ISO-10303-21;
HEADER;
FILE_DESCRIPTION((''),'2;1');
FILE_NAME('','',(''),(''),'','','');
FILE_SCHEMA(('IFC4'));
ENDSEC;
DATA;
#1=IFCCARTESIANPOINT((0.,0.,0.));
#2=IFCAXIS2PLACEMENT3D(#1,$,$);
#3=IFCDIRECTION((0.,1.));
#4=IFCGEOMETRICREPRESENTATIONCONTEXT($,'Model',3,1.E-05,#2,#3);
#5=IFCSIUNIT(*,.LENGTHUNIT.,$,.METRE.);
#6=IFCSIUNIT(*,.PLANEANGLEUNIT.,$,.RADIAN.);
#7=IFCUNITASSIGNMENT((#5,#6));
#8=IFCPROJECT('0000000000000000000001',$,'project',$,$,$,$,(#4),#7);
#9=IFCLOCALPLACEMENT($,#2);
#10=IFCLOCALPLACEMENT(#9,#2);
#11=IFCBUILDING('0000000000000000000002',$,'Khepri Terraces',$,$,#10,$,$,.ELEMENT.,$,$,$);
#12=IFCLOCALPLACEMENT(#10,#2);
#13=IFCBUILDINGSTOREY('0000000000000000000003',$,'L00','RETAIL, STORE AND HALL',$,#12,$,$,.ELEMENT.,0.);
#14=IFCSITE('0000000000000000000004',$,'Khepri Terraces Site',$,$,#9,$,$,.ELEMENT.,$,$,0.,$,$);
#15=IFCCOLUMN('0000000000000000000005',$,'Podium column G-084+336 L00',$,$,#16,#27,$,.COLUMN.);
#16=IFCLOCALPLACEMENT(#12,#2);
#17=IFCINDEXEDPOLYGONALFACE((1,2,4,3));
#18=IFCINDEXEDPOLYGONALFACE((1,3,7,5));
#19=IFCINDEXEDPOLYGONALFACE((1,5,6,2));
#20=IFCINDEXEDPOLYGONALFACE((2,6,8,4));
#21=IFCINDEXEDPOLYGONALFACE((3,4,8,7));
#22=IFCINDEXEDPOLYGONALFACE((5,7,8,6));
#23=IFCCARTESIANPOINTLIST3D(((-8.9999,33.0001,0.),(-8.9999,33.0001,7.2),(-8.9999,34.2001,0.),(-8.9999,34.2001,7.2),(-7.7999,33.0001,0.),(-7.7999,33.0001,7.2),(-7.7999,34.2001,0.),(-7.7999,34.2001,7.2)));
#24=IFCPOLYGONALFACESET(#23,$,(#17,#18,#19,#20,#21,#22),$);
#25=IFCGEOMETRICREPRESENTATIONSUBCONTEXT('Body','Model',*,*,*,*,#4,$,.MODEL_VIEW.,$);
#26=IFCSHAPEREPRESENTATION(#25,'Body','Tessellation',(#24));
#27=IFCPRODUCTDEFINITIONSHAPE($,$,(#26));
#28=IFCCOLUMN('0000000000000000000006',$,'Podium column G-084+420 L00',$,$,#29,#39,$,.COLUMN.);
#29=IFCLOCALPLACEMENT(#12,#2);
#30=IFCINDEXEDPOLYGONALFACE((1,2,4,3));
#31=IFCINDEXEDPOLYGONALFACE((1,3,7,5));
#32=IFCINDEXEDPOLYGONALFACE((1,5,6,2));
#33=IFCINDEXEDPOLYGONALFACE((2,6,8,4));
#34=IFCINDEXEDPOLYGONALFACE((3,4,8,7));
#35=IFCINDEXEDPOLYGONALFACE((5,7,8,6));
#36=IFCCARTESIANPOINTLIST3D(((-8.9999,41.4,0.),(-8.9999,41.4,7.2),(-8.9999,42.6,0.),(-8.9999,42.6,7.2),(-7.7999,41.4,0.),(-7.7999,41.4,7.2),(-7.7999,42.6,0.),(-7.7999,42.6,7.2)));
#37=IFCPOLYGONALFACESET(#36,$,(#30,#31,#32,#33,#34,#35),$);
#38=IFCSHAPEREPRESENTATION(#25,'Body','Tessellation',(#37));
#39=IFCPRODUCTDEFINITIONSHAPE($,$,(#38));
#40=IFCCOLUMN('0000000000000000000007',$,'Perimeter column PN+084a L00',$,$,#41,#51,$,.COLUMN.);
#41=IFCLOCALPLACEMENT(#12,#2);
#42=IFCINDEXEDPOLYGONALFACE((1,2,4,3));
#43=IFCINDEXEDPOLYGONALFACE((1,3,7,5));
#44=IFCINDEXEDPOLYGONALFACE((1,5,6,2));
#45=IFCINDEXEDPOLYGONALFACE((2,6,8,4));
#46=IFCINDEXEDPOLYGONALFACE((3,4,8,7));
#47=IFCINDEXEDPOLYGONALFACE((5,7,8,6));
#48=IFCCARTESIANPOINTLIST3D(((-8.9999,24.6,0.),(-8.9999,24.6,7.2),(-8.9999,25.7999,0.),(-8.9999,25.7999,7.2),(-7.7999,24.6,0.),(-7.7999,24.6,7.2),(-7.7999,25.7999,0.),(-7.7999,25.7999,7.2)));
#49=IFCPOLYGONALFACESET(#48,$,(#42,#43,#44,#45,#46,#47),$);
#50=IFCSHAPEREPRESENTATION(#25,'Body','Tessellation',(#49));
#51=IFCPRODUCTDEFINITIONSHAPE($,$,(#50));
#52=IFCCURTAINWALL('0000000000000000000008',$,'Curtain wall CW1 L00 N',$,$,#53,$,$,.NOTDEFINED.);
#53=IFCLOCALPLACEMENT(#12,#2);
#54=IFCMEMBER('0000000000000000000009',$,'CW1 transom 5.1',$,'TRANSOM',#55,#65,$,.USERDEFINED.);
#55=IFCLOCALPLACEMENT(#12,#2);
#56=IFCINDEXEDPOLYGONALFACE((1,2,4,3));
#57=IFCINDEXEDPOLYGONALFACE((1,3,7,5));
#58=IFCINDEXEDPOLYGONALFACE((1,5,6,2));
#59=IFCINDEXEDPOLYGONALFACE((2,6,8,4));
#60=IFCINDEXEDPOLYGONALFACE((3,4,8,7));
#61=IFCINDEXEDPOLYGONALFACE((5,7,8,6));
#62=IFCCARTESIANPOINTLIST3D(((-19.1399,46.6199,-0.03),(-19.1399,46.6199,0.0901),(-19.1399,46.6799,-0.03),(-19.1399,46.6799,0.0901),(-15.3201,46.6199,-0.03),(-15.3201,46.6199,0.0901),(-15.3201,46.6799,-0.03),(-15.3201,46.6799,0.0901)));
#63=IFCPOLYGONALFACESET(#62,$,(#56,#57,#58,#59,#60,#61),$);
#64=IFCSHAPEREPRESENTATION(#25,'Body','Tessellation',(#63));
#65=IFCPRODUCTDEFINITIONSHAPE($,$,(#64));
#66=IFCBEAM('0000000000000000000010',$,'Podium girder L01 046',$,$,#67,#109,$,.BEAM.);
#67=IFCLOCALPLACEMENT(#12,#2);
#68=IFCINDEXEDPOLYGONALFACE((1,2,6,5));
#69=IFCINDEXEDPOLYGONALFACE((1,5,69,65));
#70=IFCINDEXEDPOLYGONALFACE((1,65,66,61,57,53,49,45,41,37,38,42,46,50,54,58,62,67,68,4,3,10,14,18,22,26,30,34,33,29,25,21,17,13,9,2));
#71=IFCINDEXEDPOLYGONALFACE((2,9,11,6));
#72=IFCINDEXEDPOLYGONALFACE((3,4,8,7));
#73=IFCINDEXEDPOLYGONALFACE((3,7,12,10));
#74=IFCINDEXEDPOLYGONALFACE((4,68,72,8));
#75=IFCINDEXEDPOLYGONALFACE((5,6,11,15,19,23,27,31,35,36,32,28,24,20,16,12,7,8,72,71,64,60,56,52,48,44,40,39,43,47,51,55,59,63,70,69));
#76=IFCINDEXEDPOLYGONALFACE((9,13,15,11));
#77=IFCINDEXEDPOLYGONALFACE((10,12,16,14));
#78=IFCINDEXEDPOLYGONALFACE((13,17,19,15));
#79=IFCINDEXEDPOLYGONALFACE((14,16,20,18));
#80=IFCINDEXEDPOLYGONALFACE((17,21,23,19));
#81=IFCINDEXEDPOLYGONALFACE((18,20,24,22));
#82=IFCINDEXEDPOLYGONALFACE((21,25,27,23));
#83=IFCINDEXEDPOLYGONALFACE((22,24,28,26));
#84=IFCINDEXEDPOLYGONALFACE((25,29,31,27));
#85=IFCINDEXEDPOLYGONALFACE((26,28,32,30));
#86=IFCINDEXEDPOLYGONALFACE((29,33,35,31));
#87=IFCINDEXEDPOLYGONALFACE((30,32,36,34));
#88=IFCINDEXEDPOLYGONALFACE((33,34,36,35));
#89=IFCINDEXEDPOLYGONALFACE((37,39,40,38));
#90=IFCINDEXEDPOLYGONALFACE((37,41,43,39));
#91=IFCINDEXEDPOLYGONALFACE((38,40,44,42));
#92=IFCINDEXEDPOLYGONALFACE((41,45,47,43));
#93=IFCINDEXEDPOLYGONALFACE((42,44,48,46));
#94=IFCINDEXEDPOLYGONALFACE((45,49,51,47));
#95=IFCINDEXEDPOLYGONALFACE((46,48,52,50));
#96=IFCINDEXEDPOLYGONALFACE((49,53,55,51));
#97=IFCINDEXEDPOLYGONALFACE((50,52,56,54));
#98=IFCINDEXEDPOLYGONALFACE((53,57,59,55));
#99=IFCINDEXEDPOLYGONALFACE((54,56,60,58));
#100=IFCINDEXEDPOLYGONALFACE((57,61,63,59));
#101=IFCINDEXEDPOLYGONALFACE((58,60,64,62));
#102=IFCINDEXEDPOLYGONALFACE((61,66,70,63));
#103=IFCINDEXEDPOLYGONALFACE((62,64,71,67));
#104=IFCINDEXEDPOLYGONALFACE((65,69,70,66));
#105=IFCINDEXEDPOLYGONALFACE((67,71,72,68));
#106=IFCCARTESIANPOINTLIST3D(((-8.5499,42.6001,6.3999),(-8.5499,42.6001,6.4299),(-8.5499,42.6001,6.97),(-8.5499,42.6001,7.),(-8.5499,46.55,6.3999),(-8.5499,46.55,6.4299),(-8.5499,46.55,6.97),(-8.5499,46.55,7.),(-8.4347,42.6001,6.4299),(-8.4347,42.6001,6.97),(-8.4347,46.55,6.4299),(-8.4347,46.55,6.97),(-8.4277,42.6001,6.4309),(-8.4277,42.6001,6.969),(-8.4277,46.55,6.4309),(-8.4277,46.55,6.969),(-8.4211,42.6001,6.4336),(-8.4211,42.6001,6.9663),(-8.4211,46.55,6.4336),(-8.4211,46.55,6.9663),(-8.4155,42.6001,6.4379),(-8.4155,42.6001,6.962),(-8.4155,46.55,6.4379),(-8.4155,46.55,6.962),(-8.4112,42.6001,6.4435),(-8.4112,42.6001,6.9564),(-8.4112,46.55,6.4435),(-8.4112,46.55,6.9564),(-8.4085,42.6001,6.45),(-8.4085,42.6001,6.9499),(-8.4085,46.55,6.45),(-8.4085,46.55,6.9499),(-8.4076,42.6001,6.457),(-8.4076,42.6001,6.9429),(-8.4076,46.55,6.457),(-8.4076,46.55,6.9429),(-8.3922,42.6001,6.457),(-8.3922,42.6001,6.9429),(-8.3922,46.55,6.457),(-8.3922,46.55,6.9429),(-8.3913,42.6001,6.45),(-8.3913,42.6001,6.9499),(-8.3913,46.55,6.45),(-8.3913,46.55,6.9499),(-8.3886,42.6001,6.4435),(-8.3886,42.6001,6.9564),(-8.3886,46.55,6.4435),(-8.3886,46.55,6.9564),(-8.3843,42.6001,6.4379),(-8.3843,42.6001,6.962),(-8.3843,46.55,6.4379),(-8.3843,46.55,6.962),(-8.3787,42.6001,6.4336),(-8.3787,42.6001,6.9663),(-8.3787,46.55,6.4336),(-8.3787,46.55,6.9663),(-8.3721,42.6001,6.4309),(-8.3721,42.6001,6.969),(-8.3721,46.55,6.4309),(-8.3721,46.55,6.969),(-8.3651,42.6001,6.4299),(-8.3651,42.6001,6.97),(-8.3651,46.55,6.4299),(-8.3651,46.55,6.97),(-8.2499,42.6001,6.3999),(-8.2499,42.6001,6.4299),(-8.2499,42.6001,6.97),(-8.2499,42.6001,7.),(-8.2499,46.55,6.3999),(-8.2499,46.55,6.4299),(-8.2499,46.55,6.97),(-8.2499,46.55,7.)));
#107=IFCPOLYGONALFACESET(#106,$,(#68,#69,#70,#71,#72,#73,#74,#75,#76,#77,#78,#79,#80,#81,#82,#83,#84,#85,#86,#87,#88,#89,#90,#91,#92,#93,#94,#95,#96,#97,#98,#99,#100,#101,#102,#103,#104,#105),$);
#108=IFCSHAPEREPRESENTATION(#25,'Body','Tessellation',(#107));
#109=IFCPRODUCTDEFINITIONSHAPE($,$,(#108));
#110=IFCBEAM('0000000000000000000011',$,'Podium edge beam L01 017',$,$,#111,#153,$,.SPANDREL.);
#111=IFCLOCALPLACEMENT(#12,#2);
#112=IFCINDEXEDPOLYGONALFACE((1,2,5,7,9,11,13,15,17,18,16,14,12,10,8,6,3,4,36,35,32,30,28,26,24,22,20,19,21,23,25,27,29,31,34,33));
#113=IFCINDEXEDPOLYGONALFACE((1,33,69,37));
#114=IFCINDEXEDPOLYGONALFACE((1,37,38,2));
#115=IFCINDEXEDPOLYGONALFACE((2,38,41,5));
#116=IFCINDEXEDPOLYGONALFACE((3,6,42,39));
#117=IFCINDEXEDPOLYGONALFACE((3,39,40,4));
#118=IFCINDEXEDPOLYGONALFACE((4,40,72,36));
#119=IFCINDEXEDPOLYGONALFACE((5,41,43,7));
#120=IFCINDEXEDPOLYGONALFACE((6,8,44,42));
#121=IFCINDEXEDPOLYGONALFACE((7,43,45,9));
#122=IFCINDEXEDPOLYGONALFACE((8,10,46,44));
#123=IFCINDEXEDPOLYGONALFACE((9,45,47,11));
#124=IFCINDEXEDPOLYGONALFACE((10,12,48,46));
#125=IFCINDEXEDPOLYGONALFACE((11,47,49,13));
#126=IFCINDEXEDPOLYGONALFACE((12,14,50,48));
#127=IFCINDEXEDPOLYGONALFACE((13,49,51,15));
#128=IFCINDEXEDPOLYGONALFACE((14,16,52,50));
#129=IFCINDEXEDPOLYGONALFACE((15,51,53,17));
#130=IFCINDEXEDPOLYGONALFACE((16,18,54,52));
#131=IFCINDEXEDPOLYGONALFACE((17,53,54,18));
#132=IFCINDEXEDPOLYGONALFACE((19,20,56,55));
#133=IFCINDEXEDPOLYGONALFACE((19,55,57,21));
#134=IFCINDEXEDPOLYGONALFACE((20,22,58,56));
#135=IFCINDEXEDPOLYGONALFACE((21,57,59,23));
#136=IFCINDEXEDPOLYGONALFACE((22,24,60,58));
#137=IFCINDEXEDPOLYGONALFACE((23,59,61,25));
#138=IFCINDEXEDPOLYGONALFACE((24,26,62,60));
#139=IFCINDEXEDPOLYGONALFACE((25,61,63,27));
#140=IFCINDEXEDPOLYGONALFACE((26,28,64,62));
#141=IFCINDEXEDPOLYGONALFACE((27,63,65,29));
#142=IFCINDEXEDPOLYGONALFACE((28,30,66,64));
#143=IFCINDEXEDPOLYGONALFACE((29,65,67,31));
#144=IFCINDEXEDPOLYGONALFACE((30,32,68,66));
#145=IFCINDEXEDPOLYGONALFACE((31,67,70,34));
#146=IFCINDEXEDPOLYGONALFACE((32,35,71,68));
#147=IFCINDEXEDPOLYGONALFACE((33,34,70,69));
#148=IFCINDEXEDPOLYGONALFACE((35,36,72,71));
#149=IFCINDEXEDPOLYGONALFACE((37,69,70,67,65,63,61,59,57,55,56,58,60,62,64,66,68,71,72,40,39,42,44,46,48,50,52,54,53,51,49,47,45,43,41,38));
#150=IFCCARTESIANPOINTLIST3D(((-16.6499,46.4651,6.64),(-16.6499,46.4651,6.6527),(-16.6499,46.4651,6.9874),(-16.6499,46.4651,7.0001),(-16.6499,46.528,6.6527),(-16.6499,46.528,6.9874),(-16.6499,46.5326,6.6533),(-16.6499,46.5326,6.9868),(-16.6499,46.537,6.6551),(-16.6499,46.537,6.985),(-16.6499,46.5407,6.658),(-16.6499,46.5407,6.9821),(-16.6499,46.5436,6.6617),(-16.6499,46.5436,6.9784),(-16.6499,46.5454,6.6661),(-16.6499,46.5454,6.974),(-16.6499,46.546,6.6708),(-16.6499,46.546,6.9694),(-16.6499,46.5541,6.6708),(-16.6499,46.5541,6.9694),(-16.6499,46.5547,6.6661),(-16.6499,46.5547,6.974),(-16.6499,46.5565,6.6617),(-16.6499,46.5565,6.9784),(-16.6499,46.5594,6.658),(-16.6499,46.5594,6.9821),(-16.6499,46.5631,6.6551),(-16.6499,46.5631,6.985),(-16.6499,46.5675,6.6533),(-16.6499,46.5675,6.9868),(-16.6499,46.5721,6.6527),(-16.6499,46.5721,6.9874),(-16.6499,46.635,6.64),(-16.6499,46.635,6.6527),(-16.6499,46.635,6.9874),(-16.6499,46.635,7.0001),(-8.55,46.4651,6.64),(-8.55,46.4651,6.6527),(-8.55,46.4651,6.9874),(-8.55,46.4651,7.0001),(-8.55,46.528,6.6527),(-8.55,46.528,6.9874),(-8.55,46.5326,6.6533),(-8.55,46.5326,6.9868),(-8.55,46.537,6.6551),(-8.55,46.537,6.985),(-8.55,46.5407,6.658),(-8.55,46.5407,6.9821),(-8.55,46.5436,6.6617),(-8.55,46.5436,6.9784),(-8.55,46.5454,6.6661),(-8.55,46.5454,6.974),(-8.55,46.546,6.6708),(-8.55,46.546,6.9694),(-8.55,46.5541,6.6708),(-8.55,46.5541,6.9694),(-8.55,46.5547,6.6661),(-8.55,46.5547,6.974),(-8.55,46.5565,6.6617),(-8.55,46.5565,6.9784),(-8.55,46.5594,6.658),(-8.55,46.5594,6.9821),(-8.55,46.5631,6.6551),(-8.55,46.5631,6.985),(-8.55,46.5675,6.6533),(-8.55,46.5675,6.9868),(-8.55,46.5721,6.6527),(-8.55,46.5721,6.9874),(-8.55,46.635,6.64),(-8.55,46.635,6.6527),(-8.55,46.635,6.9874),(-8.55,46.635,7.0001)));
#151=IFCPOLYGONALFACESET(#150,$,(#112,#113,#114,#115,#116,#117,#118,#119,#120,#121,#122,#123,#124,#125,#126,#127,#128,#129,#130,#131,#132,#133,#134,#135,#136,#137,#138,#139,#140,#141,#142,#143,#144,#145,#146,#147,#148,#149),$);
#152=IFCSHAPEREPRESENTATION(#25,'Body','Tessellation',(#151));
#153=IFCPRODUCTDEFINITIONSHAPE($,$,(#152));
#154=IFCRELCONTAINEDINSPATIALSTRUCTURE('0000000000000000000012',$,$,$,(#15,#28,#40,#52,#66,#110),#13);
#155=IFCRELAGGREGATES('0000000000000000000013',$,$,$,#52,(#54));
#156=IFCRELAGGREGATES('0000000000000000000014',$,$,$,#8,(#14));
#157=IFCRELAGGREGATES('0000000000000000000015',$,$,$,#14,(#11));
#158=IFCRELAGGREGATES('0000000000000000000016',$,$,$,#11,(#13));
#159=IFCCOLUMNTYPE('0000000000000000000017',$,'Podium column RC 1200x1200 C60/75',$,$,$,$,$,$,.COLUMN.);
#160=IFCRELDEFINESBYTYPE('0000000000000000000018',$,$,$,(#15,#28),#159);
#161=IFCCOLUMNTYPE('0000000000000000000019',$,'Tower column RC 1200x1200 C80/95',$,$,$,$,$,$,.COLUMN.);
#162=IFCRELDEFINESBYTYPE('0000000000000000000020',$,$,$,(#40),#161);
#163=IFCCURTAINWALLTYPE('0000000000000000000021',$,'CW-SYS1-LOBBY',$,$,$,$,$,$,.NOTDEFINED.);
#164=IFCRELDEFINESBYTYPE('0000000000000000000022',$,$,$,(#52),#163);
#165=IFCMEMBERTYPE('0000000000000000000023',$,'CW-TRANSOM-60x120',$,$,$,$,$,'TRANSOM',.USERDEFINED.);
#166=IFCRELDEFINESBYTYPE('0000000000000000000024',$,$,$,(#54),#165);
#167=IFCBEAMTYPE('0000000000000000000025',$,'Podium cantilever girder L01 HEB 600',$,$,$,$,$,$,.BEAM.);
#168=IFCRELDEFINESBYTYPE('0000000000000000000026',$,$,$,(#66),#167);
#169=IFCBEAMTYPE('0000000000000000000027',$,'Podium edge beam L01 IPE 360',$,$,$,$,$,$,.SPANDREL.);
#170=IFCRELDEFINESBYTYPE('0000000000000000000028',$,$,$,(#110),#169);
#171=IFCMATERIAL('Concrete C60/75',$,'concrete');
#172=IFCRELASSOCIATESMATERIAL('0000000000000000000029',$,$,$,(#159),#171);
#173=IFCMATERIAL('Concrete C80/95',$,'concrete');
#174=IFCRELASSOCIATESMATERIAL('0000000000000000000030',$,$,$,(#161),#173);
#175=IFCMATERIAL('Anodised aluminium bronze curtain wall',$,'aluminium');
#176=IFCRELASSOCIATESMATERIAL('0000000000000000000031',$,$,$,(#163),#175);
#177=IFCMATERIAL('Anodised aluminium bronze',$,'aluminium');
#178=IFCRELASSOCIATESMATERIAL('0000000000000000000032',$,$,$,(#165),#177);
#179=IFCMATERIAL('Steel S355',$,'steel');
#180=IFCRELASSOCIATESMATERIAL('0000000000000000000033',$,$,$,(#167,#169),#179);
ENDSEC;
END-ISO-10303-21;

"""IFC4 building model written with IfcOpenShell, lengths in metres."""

from ifc_helpers import new_model, si_unit, direction, frame, origin, origin_2d, place, context, subcontext, project, spatial, rectangle, i_section, extrude, material, material_profile, profile_set, type_object, element, aggregate, save


model = new_model("IFC4")

# Units and contexts
model_context = context("Model", 3, precision=1e-05, world=origin(), true_north=direction((0.0, 1.0)))
body_context = subcontext(model_context, "Body", "Model", "MODEL_VIEW")
ifc_project = project(units=[si_unit("LENGTHUNIT", "METRE"), si_unit("PLANEANGLEUNIT", "RADIAN")], contexts=[model_context])

# Site, building, storey
site_placement = place(None, origin())
site = spatial("IfcSite", under=ifc_project, at=site_placement, Name="Khepri Terraces Site", CompositionType="ELEMENT", RefElevation=0.0)
building_placement = place(site_placement, origin())
building = spatial("IfcBuilding", under=site, at=building_placement, Name="Khepri Terraces", CompositionType="ELEMENT")
storey_placement = place(building_placement, origin())
storey = spatial("IfcBuildingStorey", under=building, at=storey_placement, Name="L00", Description="RETAIL, STORE AND HALL", CompositionType="ELEMENT", Elevation=0.0)

# Columns
ifc_material_1 = material(Name="Concrete C60/75", Category="concrete")
ifc_material_profile_1 = material_profile(ifc_material_1, rectangle(XDim=1.2, YDim=1.2, at=origin_2d()), Name="Concrete C60/75", Category="concrete")
ifc_profile_set_1 = profile_set([ifc_material_profile_1], Name="Concrete C60/75")
column_type_1 = type_object("IfcColumnType", Name="Podium column RC 1200x1200 C60/75", PredefinedType="COLUMN", material=ifc_profile_set_1)
for number, where, z_axis, x_axis, name in (
    (1, (-8.3999, 33.6001, 0.0), (0.0, 0.0, 1.0), (1.0, 0.0, 0.0), "Podium column G-084+336 L00"),
    (2, (-8.3999, 42.0, 0.0), (0.0, 0.0, 1.0), (1.0, 0.0, 0.0), "Podium column G-084+420 L00"),
):
    element("IfcColumn", number, at=place(storey_placement, frame(where, z_axis=z_axis, x_axis=x_axis)), inside=storey, type_object=column_type_1, Name=name, PredefinedType="COLUMN", context=body_context, shape_type="SweptSolid", body=[
        extrude(rectangle(XDim=1.2, YDim=1.2, at=origin_2d()), origin(), (0.0, 0.0, 1.0), 7.2),
    ])
ifc_material_2 = material(Name="Concrete C80/95", Category="concrete")
ifc_material_profile_2 = material_profile(ifc_material_2, rectangle(XDim=1.2, YDim=1.2, at=origin_2d()), Name="Concrete C80/95", Category="concrete")
ifc_profile_set_2 = profile_set([ifc_material_profile_2], Name="Concrete C80/95")
column_type_2 = type_object("IfcColumnType", Name="Tower column RC 1200x1200 C80/95", PredefinedType="COLUMN", material=ifc_profile_set_2)
column_placement = place(storey_placement, frame((-8.3999, 25.2, 0.0), z_axis=(0.0, 0.0, 1.0), x_axis=(1.0, 0.0, 0.0)))
element("IfcColumn", 3, at=column_placement, inside=storey, type_object=column_type_2, Name="Perimeter column PN+084a L00", PredefinedType="COLUMN", context=body_context, shape_type="SweptSolid", body=[
    extrude(rectangle(XDim=1.2, YDim=1.2, at=origin_2d()), origin(), (0.0, 0.0, 1.0), 7.2),
])

# Curtain wall, member
ifc_material_3 = material(Name="Anodised aluminium bronze curtain wall", Category="aluminium")
curtain_wall_type = type_object("IfcCurtainWallType", Name="CW-SYS1-LOBBY", PredefinedType="NOTDEFINED", material=ifc_material_3)
curtain_wall_placement = place(storey_placement, origin())
curtain_wall = element("IfcCurtainWall", 4, at=curtain_wall_placement, inside=storey, type_object=curtain_wall_type, Name="Curtain wall CW1 L00 N", PredefinedType="NOTDEFINED")
ifc_material_4 = material(Name="Anodised aluminium bronze", Category="aluminium")
ifc_material_profile_3 = material_profile(ifc_material_4, rectangle(XDim=0.0601, YDim=0.1201, at=origin_2d()), Name="Anodised aluminium bronze", Category="aluminium")
ifc_profile_set_3 = profile_set([ifc_material_profile_3], Name="Anodised aluminium bronze")
member_type = type_object("IfcMemberType", Name="CW-TRANSOM-60x120", ElementType="TRANSOM", PredefinedType="USERDEFINED", material=ifc_profile_set_3)
member_placement = place(storey_placement, frame((-15.3201, 46.6499, 0.03), z_axis=(-1.0, 0.0, 0.0), x_axis=(0.0, -1.0, 0.0)))
member = element("IfcMember", 5, at=member_placement, type_object=member_type, Name="CW1 transom 5.1", ObjectType="TRANSOM", PredefinedType="USERDEFINED", context=body_context, shape_type="SweptSolid", body=[
    extrude(rectangle(XDim=0.0601, YDim=0.1201, at=origin_2d()), origin(), (0.0, 0.0, 1.0), 3.8198),
])
aggregate(curtain_wall, [member])

# Beams
ifc_material_5 = material(Name="Steel S355", Category="steel")
ifc_material_profile_4 = material_profile(ifc_material_5, i_section(OverallWidth=0.3, OverallDepth=0.6001, WebThickness=0.0154, FlangeThickness=0.03, FilletRadius=0.0271, at=origin_2d()), Name="Steel S355", Category="steel")
ifc_profile_set_4 = profile_set([ifc_material_profile_4], Name="Steel S355")
beam_type_1 = type_object("IfcBeamType", Name="Podium cantilever girder L01 HEB 600", PredefinedType="BEAM", material=ifc_profile_set_4)
beam_1_placement = place(storey_placement, frame((-8.3999, 42.6001, 6.7), z_axis=(0.0, 1.0, 0.0), x_axis=(-1.0, 0.0, 0.0)))
element("IfcBeam", 6, at=beam_1_placement, inside=storey, type_object=beam_type_1, Name="Podium girder L01 046", PredefinedType="BEAM", context=body_context, shape_type="SweptSolid", body=[
    extrude(i_section(OverallWidth=0.3, OverallDepth=0.6001, WebThickness=0.0154, FlangeThickness=0.03, FilletRadius=0.0271, at=origin_2d()), origin(), (0.0, 0.0, 1.0), 3.95),
])
ifc_material_profile_5 = material_profile(ifc_material_5, i_section(OverallWidth=0.1699, OverallDepth=0.3601, WebThickness=0.0081, FlangeThickness=0.0127, FilletRadius=0.0181, at=origin_2d()), Name="Steel S355", Category="steel")
ifc_profile_set_5 = profile_set([ifc_material_profile_5], Name="Steel S355")
beam_type_2 = type_object("IfcBeamType", Name="Podium edge beam L01 IPE 360", PredefinedType="SPANDREL", material=ifc_profile_set_5)
beam_2_placement = place(storey_placement, frame((-16.6499, 46.55, 6.8201), z_axis=(1.0, 0.0, 0.0), x_axis=(0.0, 1.0, 0.0)))
element("IfcBeam", 7, at=beam_2_placement, inside=storey, type_object=beam_type_2, Name="Podium edge beam L01 017", PredefinedType="SPANDREL", context=body_context, shape_type="SweptSolid", body=[
    extrude(i_section(OverallWidth=0.1699, OverallDepth=0.3601, WebThickness=0.0081, FlangeThickness=0.0127, FilletRadius=0.0181, at=origin_2d()), origin(), (0.0, 0.0, 1.0), 8.0999),
])

save(model, "model.ifc")
